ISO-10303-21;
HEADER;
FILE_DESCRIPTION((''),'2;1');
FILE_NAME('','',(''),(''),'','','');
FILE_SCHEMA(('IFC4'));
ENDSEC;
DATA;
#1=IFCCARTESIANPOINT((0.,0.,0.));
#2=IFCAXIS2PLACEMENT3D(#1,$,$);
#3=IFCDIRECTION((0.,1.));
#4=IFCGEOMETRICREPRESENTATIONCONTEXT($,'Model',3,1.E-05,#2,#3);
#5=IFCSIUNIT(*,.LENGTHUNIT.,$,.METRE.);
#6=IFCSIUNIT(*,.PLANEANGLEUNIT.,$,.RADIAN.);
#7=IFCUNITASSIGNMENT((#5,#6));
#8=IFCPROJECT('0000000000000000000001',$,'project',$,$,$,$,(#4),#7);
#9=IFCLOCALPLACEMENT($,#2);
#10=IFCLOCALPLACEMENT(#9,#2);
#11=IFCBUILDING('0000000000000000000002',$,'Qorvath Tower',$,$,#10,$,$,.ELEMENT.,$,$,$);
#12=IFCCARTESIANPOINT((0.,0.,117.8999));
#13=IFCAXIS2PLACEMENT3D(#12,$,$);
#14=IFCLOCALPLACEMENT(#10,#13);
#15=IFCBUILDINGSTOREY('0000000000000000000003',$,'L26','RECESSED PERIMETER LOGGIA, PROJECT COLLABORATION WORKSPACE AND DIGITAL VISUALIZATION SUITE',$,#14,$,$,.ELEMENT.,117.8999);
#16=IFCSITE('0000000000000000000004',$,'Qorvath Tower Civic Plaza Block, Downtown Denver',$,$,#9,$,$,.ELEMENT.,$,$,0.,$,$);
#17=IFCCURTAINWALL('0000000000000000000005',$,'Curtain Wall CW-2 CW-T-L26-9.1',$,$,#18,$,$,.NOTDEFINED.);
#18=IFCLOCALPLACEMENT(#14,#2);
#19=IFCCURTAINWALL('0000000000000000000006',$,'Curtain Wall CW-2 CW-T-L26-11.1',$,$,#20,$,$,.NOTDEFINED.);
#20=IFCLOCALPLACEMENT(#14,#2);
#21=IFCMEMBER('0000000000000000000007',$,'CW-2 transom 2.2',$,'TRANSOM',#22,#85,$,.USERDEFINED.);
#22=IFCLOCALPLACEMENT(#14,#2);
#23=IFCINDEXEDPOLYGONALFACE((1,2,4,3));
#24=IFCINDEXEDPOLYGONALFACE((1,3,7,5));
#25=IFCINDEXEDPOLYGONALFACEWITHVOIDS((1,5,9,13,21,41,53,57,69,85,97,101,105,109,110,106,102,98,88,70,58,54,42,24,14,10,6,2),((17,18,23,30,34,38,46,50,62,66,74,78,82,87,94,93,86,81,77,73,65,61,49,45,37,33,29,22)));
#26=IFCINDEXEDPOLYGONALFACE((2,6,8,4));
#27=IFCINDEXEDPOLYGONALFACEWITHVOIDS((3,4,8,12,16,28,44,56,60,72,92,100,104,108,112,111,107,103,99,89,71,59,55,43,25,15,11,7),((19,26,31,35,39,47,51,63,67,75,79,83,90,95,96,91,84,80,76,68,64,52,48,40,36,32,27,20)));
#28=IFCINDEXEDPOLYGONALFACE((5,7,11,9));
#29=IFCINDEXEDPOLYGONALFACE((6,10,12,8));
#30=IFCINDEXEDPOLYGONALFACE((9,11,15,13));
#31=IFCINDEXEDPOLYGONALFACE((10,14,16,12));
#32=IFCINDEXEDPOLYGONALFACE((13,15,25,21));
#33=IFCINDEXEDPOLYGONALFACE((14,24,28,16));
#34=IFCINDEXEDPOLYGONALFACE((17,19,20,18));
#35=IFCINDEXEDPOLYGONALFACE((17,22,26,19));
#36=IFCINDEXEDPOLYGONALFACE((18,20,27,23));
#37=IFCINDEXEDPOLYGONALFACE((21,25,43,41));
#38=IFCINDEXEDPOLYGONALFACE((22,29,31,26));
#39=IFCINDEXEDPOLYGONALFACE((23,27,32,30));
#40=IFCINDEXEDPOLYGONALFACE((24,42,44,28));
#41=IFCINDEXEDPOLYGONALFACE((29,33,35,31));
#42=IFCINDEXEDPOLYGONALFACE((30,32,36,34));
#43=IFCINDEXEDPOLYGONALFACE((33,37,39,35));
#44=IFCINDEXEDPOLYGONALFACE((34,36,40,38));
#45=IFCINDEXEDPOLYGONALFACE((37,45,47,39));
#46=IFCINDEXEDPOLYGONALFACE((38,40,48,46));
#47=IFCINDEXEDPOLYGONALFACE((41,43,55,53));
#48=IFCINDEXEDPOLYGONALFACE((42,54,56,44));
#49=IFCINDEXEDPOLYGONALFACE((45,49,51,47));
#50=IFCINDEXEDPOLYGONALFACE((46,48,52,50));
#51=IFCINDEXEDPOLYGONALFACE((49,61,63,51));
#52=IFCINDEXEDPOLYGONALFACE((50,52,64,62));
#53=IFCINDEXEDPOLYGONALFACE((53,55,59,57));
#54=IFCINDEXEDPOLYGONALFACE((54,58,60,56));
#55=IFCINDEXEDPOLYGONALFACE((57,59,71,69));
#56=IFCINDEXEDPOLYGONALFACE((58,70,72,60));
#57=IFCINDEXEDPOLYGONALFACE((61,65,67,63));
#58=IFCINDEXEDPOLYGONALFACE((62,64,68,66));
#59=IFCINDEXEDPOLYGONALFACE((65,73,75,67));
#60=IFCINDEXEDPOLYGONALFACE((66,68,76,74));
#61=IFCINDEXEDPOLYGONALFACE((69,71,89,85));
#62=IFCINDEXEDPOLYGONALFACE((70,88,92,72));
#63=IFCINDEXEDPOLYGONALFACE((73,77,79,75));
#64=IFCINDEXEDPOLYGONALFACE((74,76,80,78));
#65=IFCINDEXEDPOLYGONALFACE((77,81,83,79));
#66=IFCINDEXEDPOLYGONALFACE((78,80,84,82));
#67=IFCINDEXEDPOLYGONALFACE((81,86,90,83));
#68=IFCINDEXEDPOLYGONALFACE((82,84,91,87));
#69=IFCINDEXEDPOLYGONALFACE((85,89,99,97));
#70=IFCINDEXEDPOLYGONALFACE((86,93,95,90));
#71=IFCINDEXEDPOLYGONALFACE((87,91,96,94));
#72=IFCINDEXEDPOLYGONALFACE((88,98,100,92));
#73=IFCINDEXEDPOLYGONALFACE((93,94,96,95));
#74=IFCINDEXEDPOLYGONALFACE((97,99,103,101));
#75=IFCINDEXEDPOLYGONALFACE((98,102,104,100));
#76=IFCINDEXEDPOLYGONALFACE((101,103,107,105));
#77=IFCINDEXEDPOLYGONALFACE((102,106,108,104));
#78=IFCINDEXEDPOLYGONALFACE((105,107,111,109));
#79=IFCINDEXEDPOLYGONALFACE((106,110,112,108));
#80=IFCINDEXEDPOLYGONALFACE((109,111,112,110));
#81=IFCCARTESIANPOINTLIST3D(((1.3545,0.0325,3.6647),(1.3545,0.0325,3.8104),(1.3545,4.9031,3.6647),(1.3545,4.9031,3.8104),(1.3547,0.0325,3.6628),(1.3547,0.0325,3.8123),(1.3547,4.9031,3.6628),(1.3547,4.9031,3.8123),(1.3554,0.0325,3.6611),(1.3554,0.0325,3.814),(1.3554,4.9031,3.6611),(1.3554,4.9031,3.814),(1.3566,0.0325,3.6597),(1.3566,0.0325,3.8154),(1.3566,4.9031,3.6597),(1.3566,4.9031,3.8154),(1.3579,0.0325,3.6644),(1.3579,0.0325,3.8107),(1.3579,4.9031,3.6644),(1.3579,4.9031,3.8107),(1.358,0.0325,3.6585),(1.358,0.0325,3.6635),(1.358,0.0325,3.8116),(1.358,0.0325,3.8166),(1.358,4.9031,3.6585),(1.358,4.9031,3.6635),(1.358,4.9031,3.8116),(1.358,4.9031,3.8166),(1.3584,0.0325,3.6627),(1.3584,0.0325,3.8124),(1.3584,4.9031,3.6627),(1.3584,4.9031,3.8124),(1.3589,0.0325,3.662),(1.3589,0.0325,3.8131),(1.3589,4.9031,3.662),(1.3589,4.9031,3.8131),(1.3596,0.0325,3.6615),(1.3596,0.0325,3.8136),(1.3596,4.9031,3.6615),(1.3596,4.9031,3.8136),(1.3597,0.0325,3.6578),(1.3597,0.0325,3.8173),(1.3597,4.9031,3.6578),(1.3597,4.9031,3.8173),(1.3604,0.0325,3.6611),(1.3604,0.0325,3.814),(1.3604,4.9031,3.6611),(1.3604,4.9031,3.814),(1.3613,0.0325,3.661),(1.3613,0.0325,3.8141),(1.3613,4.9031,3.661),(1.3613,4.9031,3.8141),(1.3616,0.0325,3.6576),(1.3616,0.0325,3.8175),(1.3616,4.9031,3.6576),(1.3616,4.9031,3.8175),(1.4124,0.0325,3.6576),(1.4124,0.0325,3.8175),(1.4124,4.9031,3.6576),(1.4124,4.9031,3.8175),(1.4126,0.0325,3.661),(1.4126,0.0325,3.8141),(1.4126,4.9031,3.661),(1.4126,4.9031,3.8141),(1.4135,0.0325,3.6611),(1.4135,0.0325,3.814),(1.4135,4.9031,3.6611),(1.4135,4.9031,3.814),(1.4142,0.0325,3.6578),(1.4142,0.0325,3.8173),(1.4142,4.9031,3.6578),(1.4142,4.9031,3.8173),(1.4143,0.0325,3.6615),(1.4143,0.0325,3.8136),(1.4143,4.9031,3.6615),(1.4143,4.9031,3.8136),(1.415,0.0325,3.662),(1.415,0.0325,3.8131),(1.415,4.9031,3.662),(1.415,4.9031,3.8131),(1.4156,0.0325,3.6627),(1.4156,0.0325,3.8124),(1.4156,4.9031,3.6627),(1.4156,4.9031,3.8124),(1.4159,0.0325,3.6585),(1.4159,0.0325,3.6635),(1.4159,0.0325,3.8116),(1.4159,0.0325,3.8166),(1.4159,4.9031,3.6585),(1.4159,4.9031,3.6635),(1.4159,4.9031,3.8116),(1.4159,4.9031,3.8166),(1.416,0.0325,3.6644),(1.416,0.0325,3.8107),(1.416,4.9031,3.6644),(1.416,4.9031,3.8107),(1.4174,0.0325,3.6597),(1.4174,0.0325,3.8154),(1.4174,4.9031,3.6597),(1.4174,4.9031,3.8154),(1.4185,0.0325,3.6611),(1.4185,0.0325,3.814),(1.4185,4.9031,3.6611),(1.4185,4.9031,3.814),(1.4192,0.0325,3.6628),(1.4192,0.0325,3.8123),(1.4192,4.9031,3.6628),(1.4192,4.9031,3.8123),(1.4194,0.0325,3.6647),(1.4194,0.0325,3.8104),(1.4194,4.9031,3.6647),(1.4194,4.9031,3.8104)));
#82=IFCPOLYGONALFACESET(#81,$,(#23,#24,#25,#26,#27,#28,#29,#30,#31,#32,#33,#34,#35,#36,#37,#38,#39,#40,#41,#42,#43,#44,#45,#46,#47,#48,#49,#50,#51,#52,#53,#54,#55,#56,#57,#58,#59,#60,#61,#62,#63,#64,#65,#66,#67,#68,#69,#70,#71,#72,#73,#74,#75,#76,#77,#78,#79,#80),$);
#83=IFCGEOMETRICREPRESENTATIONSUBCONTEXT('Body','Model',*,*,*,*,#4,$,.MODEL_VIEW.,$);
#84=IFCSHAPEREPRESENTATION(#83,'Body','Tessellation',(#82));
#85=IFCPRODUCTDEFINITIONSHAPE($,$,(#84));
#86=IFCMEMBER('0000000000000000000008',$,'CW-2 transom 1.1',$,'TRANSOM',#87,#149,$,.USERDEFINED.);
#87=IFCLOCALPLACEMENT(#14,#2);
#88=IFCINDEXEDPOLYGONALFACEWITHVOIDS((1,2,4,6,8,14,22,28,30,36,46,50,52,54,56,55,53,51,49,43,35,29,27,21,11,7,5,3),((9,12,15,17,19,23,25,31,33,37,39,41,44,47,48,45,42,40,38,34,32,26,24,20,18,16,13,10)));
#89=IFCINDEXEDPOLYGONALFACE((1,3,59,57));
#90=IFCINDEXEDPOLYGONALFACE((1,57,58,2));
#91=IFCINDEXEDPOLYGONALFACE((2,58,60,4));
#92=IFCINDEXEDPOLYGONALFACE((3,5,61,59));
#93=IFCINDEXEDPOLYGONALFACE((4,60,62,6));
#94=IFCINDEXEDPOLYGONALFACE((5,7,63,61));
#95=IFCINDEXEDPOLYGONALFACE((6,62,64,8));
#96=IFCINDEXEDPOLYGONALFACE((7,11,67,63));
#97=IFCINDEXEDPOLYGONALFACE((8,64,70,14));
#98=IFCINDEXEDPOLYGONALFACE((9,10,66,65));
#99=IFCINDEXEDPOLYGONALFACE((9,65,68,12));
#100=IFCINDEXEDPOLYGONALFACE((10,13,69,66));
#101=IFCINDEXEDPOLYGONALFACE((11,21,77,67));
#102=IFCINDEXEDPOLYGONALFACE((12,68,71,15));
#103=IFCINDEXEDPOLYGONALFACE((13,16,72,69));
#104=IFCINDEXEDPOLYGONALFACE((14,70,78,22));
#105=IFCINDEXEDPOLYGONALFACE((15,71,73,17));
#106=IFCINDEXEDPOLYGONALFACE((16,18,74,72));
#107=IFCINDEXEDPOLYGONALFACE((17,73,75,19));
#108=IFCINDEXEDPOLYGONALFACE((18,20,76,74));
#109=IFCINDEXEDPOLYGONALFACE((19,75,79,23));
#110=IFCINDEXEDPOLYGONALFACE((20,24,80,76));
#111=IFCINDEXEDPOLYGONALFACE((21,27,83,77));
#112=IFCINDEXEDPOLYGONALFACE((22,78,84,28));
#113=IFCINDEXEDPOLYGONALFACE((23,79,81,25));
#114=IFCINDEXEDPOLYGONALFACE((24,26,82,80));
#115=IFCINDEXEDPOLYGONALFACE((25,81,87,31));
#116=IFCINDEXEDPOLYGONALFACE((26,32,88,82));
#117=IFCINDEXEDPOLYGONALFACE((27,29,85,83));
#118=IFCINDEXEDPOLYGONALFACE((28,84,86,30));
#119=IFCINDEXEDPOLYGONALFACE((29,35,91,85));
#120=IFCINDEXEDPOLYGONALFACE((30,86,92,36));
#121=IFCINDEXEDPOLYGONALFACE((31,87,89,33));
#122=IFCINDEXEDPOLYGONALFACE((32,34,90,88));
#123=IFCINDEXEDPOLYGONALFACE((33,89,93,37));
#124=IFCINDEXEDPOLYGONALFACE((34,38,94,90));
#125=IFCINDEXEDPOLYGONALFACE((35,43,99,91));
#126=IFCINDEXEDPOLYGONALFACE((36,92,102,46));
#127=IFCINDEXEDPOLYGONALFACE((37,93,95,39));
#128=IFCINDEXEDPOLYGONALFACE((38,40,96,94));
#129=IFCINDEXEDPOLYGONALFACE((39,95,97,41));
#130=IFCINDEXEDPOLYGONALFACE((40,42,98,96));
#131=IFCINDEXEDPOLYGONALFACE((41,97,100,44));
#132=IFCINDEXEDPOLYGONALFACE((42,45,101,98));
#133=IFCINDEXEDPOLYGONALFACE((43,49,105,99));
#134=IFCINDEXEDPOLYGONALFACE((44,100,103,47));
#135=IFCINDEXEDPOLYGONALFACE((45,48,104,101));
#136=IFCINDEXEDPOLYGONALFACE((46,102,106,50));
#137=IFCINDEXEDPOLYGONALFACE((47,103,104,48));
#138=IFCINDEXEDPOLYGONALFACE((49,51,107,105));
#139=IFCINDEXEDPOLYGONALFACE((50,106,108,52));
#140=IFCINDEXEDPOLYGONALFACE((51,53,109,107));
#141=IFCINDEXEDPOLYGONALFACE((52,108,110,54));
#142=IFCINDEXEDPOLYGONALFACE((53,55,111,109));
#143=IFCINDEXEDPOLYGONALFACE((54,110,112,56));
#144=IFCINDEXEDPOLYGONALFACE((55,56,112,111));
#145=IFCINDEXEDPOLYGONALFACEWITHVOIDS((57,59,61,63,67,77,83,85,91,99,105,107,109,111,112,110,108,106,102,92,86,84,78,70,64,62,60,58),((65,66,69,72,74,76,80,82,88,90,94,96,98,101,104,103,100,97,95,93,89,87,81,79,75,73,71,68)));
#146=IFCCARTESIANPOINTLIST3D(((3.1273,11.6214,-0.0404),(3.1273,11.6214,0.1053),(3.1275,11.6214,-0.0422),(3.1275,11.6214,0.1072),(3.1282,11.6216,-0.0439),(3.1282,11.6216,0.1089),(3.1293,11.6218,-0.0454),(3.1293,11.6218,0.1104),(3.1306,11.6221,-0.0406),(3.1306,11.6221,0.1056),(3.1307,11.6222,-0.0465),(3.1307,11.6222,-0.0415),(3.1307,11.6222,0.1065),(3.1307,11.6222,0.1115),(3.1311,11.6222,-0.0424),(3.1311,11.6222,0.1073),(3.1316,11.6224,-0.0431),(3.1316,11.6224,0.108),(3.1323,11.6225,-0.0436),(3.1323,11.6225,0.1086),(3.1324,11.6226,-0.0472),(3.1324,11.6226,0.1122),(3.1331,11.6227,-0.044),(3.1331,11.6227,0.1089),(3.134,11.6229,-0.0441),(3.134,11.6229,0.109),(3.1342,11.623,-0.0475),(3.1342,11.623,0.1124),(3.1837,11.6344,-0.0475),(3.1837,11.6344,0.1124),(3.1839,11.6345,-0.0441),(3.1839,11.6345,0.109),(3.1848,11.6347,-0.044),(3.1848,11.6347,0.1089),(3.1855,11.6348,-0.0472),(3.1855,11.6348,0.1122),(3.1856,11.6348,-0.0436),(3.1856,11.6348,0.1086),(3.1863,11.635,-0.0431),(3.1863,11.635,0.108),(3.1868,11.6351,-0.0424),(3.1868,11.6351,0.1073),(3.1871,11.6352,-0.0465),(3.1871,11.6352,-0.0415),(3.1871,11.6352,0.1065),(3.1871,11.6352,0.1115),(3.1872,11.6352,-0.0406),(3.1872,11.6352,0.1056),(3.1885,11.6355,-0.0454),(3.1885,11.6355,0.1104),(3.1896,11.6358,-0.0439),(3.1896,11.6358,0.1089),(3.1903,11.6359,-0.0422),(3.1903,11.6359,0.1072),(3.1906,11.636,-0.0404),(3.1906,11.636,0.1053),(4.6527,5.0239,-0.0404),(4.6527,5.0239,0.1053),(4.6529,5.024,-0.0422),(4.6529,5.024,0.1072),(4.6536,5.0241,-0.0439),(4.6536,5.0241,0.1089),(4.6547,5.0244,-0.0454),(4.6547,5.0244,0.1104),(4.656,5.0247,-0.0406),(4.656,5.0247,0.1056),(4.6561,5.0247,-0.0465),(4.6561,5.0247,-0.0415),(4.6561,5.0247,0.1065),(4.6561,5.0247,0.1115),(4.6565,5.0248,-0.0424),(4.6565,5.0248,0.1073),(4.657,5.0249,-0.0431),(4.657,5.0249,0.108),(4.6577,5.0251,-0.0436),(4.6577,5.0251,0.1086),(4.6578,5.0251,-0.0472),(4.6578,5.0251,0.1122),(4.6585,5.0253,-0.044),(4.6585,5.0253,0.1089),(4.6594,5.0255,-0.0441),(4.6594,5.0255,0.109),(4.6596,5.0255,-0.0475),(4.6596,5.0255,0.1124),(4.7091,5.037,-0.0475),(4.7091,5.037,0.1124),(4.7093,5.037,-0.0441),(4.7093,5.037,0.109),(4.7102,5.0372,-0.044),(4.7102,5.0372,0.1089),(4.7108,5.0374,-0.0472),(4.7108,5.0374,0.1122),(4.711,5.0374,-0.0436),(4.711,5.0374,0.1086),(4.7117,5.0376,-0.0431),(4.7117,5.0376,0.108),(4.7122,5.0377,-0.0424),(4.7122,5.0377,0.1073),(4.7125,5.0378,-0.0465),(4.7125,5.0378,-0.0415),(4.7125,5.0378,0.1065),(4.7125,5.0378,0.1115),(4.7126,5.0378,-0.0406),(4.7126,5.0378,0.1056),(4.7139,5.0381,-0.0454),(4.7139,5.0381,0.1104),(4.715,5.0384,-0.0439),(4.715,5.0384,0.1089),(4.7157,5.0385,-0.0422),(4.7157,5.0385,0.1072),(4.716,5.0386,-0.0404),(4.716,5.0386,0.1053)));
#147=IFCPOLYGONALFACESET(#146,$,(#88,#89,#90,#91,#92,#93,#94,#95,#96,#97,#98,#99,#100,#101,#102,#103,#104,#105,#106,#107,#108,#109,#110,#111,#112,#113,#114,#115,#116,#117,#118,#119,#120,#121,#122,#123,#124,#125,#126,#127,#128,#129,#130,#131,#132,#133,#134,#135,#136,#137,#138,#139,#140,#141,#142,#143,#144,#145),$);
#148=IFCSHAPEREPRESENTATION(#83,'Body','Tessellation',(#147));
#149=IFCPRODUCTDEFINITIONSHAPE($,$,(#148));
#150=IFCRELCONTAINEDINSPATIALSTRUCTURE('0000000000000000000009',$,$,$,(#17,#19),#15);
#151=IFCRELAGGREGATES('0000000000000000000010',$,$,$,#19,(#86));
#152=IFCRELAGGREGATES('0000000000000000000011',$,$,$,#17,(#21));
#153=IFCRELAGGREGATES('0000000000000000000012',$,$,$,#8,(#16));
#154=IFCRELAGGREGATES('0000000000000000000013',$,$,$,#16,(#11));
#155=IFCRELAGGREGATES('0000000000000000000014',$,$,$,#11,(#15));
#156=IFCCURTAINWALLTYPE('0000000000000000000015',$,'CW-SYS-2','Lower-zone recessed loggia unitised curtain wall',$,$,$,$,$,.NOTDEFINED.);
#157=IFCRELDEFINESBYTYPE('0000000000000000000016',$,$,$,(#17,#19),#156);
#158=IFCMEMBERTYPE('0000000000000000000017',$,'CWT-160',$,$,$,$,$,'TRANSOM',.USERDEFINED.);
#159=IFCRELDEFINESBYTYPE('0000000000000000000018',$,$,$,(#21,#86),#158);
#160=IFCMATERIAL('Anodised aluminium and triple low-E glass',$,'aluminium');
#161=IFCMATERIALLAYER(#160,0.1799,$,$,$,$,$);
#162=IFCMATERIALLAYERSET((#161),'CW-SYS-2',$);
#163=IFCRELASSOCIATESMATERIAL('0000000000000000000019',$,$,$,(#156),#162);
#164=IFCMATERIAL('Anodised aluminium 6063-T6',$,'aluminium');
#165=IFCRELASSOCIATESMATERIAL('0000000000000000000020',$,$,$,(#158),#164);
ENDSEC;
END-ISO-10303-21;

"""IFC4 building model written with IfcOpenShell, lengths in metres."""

from ifc_helpers import new_model, si_unit, direction, frame, origin, origin_2d, place, context, subcontext, project, spatial, hollow_rectangle, extrude, material, layer, layer_set, material_profile, profile_set, type_object, element, aggregate, save


model = new_model("IFC4")

# Units and contexts
model_context = context("Model", 3, precision=1e-05, world=origin(), true_north=direction((0.0, 1.0)))
body_context = subcontext(model_context, "Body", "Model", "MODEL_VIEW")
ifc_project = project(units=[si_unit("LENGTHUNIT", "METRE"), si_unit("PLANEANGLEUNIT", "RADIAN")], contexts=[model_context])

# Site, building, storey
site_placement = place(None, origin())
site = spatial("IfcSite", under=ifc_project, at=site_placement, Name="Qorvath Tower Civic Plaza Block, Downtown Denver", CompositionType="ELEMENT", RefElevation=0.0)
building_placement = place(site_placement, origin())
building = spatial("IfcBuilding", under=site, at=building_placement, Name="Qorvath Tower", CompositionType="ELEMENT")
storey_placement = place(building_placement, frame((0.0, 0.0, 117.8999)))
storey = spatial("IfcBuildingStorey", under=building, at=storey_placement, Name="L26", Description="RECESSED PERIMETER LOGGIA, PROJECT COLLABORATION WORKSPACE AND DIGITAL VISUALIZATION SUITE", CompositionType="ELEMENT", Elevation=117.8999)

# Curtain wall
ifc_material_1 = material(Name="Anodised aluminium and triple low-E glass", Category="aluminium")
ifc_layer_1 = layer(ifc_material_1, 0.1799)
ifc_layer_set_1 = layer_set([ifc_layer_1], Name="CW-SYS-2")
curtain_wall_type = type_object("IfcCurtainWallType", Name="CW-SYS-2", Description="Lower-zone recessed loggia unitised curtain wall", PredefinedType="NOTDEFINED", material=ifc_layer_set_1)
curtain_wall_1_placement = place(storey_placement, origin())
curtain_wall_1 = element("IfcCurtainWall", 1, at=curtain_wall_1_placement, inside=storey, type_object=curtain_wall_type, Name="Curtain Wall CW-2 CW-T-L26-9.1", PredefinedType="NOTDEFINED")

# Curtain wall
curtain_wall_2_placement = place(storey_placement, origin())
curtain_wall_2 = element("IfcCurtainWall", 2, at=curtain_wall_2_placement, inside=storey, type_object=curtain_wall_type, Name="Curtain Wall CW-2 CW-T-L26-11.1", PredefinedType="NOTDEFINED")

# Members
ifc_material_2 = material(Name="Anodised aluminium 6063-T6", Category="aluminium")
ifc_material_profile_1 = material_profile(ifc_material_2, hollow_rectangle(XDim=0.0649, YDim=0.1599, WallThickness=0.0034, InnerFilletRadius=0.0034, OuterFilletRadius=0.0071, at=origin_2d()), Name="CWT 160x65")
ifc_profile_set_1 = profile_set([ifc_material_profile_1], Name="Anodised aluminium 6063-T6")
member_type_1 = type_object("IfcMemberType", Name="CWT-160", ElementType="TRANSOM", PredefinedType="USERDEFINED", material=ifc_profile_set_1)
member_1_placement = place(storey_placement, frame((1.387, 0.0325, 3.7375), z_axis=(0.0, 1.0, 0.0), x_axis=(-1.0, 0.0, 0.0)))
member_1 = element("IfcMember", 3, at=member_1_placement, type_object=member_type_1, Name="CW-2 transom 2.2", ObjectType="TRANSOM", PredefinedType="USERDEFINED", context=body_context, shape_type="SweptSolid", body=[
    extrude(hollow_rectangle(XDim=0.0649, YDim=0.1599, WallThickness=0.0034, InnerFilletRadius=0.0034, OuterFilletRadius=0.0071, at=origin_2d()), origin(), (0.0, 0.0, 1.0), 4.8706),
])
member_2_placement = place(storey_placement, frame((4.6843, 5.0312, 0.0325), z_axis=(-0.225268, 0.974297, 0.0), x_axis=(-0.974297, -0.225268, 0.0)))
member_2 = element("IfcMember", 4, at=member_2_placement, type_object=member_type_1, Name="CW-2 transom 1.1", ObjectType="TRANSOM", PredefinedType="USERDEFINED", context=body_context, shape_type="SweptSolid", body=[
    extrude(hollow_rectangle(XDim=0.0649, YDim=0.1599, WallThickness=0.0034, InnerFilletRadius=0.0034, OuterFilletRadius=0.0071, at=origin_2d()), origin(), (0.0, 0.0, 1.0), 6.7715),
])
aggregate(curtain_wall_2, [member_2])

aggregate(curtain_wall_1, [member_1])

save(model, "model.ifc")
